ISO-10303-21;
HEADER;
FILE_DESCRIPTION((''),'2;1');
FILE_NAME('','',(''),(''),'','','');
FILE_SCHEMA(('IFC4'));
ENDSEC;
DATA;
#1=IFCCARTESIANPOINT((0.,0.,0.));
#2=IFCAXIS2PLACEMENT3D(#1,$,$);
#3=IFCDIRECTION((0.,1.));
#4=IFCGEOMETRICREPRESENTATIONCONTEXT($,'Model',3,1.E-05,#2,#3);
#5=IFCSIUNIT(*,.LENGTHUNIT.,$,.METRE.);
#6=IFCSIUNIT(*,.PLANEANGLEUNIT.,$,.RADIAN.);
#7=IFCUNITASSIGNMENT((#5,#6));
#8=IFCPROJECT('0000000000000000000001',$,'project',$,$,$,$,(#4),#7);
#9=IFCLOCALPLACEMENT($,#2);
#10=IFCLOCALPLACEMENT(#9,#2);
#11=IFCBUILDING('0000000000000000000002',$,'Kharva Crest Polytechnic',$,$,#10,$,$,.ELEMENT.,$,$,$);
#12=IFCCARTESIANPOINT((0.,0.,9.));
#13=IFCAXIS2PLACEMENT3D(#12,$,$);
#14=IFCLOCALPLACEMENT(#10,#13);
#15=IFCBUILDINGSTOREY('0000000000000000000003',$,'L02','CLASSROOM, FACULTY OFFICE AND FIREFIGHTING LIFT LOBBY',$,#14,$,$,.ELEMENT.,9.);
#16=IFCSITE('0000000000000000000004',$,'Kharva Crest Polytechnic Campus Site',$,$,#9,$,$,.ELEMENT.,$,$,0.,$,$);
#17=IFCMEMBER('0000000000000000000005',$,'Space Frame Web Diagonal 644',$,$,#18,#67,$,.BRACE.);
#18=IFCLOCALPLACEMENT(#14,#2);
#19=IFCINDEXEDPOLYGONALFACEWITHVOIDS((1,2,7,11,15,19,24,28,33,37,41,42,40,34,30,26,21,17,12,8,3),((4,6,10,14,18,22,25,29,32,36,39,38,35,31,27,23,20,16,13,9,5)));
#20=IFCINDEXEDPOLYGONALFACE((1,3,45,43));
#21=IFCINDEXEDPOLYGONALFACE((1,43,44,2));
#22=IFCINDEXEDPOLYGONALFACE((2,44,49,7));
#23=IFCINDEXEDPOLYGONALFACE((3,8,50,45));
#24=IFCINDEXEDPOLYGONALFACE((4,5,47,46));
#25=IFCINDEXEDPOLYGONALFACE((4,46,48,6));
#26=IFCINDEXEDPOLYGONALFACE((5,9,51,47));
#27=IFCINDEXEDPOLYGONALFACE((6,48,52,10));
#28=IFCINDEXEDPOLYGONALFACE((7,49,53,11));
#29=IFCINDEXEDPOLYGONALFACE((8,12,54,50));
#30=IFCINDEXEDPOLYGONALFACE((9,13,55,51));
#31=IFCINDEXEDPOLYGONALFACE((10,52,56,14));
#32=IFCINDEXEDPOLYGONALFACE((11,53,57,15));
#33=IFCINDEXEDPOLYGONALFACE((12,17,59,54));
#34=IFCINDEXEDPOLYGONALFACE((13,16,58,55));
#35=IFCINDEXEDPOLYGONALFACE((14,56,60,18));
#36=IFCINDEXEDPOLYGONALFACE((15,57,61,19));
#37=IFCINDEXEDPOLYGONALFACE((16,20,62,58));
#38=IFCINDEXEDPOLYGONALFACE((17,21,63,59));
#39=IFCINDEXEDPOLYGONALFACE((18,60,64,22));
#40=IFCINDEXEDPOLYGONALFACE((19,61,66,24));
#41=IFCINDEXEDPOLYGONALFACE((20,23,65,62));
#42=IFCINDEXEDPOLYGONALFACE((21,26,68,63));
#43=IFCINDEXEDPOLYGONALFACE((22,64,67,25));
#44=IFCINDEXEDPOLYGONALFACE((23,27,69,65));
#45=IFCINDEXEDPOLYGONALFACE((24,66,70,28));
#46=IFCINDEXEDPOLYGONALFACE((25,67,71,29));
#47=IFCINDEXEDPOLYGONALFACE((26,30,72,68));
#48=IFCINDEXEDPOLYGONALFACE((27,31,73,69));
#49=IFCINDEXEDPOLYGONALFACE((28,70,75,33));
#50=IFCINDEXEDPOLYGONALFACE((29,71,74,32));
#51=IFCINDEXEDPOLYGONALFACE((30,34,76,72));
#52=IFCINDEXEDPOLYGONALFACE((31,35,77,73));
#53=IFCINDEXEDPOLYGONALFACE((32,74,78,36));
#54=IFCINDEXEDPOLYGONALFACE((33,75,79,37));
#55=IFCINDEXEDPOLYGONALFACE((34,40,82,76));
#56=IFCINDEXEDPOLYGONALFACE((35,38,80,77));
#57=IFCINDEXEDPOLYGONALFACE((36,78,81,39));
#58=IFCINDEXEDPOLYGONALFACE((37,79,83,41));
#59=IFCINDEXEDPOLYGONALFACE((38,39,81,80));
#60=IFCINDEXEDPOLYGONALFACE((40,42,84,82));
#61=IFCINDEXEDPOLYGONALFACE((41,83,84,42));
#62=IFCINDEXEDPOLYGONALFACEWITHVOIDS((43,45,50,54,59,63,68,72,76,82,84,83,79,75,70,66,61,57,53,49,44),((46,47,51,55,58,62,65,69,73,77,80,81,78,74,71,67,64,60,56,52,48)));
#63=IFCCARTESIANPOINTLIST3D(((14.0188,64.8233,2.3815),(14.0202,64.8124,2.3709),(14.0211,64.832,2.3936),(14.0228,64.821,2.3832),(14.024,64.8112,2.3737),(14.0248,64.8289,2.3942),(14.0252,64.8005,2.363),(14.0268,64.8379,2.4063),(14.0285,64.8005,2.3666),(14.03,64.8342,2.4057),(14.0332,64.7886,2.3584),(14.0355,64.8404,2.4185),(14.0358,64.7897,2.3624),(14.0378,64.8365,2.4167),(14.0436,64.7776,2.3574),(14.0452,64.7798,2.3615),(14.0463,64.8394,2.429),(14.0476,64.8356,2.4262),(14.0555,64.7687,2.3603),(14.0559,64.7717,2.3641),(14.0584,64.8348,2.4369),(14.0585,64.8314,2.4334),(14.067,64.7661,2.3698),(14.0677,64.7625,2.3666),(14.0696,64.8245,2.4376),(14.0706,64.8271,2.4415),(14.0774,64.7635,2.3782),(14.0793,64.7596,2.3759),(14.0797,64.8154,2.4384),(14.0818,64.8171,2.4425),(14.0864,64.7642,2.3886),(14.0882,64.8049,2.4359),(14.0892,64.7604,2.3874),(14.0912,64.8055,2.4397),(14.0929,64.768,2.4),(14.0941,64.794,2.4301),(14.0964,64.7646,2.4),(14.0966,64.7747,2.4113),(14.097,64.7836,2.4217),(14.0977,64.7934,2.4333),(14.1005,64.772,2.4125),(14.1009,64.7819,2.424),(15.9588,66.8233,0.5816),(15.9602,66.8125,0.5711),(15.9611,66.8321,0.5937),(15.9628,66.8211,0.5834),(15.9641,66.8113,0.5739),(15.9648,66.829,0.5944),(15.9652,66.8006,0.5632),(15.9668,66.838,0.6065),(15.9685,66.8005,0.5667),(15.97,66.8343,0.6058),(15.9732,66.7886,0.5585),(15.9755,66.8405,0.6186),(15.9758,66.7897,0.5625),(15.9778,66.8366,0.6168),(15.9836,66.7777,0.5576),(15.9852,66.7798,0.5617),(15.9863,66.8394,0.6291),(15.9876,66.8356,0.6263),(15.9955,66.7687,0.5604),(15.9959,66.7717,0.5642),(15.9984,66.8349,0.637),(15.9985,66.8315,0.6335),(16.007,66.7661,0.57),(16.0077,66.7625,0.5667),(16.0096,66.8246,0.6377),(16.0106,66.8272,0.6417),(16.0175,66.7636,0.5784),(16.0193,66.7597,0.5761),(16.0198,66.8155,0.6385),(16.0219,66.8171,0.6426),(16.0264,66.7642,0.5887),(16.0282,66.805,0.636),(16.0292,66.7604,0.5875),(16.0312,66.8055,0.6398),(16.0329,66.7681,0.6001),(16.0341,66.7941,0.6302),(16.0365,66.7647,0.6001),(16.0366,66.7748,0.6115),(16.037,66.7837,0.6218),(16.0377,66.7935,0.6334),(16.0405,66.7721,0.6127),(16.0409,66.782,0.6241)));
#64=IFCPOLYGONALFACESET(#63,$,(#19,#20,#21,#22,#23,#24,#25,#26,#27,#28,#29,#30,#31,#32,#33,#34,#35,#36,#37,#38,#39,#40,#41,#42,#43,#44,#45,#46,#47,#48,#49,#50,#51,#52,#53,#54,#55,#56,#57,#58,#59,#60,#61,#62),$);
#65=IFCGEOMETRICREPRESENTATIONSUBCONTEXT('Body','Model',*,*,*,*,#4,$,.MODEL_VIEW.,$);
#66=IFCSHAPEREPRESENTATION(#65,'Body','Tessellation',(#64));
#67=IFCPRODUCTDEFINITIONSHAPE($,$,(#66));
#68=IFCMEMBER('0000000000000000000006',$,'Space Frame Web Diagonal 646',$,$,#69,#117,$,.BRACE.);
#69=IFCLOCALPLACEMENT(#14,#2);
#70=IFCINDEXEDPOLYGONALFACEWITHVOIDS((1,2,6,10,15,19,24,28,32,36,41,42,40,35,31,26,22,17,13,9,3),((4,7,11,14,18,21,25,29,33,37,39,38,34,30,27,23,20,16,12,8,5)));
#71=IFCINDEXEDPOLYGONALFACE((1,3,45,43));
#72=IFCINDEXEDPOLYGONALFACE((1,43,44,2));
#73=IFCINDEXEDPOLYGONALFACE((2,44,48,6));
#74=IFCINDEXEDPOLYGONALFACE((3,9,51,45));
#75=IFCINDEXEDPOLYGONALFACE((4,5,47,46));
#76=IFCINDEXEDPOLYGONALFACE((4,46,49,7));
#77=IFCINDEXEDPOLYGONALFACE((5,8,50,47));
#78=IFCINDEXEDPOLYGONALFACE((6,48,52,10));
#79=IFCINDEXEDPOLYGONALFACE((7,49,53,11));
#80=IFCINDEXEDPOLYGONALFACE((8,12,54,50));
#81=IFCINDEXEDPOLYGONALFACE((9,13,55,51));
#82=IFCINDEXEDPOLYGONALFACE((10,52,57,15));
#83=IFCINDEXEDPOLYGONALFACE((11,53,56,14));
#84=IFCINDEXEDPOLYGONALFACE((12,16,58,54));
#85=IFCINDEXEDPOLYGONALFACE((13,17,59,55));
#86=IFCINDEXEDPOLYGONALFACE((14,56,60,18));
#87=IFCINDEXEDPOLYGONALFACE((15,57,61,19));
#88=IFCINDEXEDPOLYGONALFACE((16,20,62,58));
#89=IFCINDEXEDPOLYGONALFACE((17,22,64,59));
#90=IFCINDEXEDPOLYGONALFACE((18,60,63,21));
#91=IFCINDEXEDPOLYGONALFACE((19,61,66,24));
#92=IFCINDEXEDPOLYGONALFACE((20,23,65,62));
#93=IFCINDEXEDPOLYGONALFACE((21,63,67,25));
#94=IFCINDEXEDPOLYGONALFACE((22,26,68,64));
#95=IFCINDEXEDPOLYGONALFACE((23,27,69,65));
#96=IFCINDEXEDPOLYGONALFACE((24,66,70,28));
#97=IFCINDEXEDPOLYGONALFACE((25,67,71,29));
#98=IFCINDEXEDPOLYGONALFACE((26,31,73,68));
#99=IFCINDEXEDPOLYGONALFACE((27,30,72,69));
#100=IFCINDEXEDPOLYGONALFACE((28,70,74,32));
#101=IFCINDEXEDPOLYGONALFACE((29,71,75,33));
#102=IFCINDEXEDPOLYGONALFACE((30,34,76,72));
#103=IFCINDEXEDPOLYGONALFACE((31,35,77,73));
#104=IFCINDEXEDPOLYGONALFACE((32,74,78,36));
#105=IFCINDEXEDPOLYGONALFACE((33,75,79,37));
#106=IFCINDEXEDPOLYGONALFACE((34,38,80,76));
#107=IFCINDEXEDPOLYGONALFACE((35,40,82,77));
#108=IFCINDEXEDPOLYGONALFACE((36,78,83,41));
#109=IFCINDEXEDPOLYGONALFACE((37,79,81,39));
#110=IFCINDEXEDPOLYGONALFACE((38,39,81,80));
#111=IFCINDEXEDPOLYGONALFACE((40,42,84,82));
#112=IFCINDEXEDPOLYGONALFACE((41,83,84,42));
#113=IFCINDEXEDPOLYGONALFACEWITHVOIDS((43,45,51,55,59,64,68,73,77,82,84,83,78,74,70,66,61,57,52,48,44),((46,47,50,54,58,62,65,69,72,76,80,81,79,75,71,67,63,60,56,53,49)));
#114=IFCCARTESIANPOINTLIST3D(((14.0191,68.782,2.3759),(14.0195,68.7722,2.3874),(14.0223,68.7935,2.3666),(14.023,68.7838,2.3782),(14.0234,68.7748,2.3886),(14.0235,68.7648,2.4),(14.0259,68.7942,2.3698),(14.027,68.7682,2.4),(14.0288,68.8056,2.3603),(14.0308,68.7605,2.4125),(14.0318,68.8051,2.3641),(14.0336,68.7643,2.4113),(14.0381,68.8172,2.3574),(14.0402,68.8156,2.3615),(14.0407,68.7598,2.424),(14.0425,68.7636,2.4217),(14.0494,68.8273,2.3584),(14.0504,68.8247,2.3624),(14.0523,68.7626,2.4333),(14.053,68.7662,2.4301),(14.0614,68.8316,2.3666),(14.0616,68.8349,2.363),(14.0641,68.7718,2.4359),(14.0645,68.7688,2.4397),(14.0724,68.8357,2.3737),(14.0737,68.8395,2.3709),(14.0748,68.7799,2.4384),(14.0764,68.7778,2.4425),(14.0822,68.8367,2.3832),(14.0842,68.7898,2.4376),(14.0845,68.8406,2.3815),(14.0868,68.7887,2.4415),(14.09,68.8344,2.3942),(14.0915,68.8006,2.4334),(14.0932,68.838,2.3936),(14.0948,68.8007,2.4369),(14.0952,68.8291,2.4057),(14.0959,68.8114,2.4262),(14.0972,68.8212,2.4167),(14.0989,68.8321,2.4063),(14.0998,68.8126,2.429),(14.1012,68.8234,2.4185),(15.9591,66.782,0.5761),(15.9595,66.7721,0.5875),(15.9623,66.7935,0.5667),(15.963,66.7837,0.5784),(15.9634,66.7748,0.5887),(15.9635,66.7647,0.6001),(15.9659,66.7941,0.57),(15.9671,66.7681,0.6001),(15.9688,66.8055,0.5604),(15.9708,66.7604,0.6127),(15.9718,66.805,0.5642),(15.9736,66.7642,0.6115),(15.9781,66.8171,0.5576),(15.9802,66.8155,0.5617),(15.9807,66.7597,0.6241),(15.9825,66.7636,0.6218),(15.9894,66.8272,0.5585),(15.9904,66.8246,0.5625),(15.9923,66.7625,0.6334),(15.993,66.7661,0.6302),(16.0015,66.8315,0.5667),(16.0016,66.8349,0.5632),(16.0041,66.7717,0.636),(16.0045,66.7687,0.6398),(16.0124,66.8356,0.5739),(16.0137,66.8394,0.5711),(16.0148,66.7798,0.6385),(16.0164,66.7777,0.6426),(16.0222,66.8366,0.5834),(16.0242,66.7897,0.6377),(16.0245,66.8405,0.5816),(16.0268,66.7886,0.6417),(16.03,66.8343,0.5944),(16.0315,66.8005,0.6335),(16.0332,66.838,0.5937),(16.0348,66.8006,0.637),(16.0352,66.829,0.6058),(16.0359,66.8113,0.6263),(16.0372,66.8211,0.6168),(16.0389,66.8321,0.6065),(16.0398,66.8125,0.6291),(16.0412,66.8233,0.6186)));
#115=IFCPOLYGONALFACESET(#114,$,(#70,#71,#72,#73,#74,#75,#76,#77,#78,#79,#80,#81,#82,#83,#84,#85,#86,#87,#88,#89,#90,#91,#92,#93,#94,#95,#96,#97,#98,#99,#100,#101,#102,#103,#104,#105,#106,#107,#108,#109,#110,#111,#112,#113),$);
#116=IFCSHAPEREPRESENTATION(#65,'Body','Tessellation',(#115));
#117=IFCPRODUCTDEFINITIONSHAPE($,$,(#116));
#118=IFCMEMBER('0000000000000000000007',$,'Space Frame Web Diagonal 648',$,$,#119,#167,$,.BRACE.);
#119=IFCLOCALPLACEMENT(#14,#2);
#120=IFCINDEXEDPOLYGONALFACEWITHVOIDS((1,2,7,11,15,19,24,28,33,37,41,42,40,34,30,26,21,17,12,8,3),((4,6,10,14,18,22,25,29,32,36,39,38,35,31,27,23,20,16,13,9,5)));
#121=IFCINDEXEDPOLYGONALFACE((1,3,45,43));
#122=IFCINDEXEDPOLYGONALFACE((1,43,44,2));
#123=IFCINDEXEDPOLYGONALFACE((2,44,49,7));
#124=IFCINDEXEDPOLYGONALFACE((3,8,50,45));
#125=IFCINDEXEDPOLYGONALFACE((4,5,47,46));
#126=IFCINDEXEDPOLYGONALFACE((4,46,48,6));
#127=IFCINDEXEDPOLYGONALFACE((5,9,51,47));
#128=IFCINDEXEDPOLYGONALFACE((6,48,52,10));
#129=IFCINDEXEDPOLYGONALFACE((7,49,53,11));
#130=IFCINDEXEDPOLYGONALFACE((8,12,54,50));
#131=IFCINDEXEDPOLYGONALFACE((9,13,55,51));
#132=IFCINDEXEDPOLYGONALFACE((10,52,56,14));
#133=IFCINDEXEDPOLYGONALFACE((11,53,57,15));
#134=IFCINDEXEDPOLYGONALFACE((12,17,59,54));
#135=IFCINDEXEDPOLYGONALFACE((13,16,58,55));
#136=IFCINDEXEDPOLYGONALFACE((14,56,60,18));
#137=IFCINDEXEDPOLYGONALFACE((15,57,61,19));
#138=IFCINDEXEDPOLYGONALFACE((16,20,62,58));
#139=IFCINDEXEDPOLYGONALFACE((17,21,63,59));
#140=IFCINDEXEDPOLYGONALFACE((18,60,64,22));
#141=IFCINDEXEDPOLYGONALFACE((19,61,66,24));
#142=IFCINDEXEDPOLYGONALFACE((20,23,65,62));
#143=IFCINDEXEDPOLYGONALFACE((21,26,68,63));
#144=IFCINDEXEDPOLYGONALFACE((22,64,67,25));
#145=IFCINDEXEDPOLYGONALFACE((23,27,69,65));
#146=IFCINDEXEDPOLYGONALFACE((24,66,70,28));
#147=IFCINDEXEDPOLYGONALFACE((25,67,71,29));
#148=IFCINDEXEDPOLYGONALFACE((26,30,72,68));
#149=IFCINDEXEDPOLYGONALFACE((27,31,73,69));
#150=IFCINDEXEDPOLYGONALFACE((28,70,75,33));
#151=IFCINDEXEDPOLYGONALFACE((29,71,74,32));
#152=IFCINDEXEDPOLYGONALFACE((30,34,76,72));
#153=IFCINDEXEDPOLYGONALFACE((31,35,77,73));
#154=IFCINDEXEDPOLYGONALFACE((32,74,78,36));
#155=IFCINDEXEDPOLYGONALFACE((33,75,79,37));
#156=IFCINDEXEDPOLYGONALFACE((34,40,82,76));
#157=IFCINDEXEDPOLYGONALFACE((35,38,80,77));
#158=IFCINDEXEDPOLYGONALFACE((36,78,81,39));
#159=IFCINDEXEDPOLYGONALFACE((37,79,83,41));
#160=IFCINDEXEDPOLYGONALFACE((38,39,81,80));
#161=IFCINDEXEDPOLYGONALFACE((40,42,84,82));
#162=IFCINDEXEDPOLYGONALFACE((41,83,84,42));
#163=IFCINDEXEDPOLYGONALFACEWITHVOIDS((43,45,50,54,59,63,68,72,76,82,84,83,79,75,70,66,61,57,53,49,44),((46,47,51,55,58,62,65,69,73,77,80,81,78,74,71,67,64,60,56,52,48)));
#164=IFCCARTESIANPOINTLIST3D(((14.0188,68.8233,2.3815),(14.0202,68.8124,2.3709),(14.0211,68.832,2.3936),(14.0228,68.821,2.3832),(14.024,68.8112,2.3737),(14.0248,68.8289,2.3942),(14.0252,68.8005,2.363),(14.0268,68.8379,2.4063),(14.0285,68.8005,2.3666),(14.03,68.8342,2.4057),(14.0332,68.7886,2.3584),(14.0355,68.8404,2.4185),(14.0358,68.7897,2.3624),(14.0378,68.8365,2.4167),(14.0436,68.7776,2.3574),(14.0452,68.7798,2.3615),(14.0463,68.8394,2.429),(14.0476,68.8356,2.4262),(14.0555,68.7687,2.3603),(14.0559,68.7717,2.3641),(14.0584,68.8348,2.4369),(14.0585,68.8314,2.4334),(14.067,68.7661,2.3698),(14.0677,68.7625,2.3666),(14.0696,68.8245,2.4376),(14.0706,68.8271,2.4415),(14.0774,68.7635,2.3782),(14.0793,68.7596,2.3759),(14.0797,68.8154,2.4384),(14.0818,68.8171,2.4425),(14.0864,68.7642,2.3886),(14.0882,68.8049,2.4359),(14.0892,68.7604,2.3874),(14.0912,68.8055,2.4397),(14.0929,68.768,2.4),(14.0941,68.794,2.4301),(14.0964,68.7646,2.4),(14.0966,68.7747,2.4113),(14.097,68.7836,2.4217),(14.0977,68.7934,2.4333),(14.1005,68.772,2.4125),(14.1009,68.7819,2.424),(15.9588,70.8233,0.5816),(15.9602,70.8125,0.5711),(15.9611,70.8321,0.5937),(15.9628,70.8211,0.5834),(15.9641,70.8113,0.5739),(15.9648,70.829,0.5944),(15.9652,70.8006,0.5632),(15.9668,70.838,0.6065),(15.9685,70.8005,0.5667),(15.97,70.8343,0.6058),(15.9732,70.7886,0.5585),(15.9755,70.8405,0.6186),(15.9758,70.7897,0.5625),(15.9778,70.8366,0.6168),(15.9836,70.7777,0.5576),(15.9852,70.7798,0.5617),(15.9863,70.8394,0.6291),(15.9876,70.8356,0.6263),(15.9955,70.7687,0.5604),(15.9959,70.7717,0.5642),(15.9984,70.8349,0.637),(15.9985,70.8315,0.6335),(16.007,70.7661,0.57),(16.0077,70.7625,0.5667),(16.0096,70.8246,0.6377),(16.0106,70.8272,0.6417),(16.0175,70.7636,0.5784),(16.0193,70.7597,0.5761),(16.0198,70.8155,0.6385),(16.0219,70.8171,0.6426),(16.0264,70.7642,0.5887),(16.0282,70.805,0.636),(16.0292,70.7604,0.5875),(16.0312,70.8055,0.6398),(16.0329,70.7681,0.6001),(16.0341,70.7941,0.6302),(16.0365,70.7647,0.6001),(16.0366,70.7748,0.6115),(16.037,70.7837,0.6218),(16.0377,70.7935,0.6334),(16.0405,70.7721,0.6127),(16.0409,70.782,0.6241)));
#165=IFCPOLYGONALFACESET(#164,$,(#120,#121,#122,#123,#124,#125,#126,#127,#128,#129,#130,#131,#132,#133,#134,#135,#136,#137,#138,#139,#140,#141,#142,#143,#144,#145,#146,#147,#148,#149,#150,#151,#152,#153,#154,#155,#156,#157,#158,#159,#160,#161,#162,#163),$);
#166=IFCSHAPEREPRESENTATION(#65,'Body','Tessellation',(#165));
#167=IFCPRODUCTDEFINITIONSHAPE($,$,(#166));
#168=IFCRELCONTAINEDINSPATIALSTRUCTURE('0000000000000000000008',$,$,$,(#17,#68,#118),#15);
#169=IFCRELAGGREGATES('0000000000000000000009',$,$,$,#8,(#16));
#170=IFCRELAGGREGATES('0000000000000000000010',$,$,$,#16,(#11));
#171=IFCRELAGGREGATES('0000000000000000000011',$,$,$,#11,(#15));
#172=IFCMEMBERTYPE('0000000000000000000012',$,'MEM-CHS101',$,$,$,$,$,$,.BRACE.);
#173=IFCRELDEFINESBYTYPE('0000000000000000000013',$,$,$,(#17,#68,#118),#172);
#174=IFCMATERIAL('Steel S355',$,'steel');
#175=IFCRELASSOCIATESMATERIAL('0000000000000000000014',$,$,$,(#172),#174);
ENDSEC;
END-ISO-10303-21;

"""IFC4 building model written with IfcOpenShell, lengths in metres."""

from ifc_helpers import new_model, si_unit, direction, frame, origin, origin_2d, place, context, subcontext, project, spatial, hollow_circle, extrude, material, material_profile, profile_set, type_object, element, save


model = new_model("IFC4")

# Units and contexts
model_context = context("Model", 3, precision=1e-05, world=origin(), true_north=direction((0.0, 1.0)))
body_context = subcontext(model_context, "Body", "Model", "MODEL_VIEW")
ifc_project = project(units=[si_unit("LENGTHUNIT", "METRE"), si_unit("PLANEANGLEUNIT", "RADIAN")], contexts=[model_context])

# Site, building, storey
site_placement = place(None, origin())
site = spatial("IfcSite", under=ifc_project, at=site_placement, Name="Kharva Crest Polytechnic Campus Site", CompositionType="ELEMENT", RefElevation=0.0)
building_placement = place(site_placement, origin())
building = spatial("IfcBuilding", under=site, at=building_placement, Name="Kharva Crest Polytechnic", CompositionType="ELEMENT")
storey_placement = place(building_placement, frame((0.0, 0.0, 9.0)))
storey = spatial("IfcBuildingStorey", under=building, at=storey_placement, Name="L02", Description="CLASSROOM, FACULTY OFFICE AND FIREFIGHTING LIFT LOBBY", CompositionType="ELEMENT", Elevation=9.0)

# Shared definitions
ifc_material_1 = material(Name="Steel S355", Category="steel")

# Members
ifc_material_profile_1 = material_profile(ifc_material_1, hollow_circle(Radius=0.0508, WallThickness=0.0049, at=origin_2d()), Name="CHS 101.6X5.0")
ifc_profile_set_1 = profile_set([ifc_material_profile_1], Name="Steel S355")
member_type_1 = type_object("IfcMemberType", Name="MEM-CHS101", PredefinedType="BRACE", material=ifc_profile_set_1)
for number, where, z_axis, x_axis, name in (
    (1, (16.0, 66.8, 0.6001), (-0.584843, -0.60295, 0.542596), (0.717802, -0.696247, 0.0), "Space Frame Web Diagonal 644"),
    (2, (16.0, 66.8, 0.6001), (-0.584843, 0.60295, 0.542596), (-0.717802, -0.696247, 0.0), "Space Frame Web Diagonal 646"),
    (3, (16.0, 70.8, 0.6001), (-0.584843, -0.60295, 0.542596), (0.717802, -0.696247, 0.0), "Space Frame Web Diagonal 648"),
):
    element("IfcMember", number, at=place(storey_placement, frame(where, z_axis=z_axis, x_axis=x_axis)), inside=storey, type_object=member_type_1, Name=name, PredefinedType="BRACE", context=body_context, shape_type="SweptSolid", body=[
        extrude(hollow_circle(Radius=0.0508, WallThickness=0.0049, at=origin_2d()), origin(), (0.0, 0.0, 1.0), 3.3171),
    ])

save(model, "model.ifc")
